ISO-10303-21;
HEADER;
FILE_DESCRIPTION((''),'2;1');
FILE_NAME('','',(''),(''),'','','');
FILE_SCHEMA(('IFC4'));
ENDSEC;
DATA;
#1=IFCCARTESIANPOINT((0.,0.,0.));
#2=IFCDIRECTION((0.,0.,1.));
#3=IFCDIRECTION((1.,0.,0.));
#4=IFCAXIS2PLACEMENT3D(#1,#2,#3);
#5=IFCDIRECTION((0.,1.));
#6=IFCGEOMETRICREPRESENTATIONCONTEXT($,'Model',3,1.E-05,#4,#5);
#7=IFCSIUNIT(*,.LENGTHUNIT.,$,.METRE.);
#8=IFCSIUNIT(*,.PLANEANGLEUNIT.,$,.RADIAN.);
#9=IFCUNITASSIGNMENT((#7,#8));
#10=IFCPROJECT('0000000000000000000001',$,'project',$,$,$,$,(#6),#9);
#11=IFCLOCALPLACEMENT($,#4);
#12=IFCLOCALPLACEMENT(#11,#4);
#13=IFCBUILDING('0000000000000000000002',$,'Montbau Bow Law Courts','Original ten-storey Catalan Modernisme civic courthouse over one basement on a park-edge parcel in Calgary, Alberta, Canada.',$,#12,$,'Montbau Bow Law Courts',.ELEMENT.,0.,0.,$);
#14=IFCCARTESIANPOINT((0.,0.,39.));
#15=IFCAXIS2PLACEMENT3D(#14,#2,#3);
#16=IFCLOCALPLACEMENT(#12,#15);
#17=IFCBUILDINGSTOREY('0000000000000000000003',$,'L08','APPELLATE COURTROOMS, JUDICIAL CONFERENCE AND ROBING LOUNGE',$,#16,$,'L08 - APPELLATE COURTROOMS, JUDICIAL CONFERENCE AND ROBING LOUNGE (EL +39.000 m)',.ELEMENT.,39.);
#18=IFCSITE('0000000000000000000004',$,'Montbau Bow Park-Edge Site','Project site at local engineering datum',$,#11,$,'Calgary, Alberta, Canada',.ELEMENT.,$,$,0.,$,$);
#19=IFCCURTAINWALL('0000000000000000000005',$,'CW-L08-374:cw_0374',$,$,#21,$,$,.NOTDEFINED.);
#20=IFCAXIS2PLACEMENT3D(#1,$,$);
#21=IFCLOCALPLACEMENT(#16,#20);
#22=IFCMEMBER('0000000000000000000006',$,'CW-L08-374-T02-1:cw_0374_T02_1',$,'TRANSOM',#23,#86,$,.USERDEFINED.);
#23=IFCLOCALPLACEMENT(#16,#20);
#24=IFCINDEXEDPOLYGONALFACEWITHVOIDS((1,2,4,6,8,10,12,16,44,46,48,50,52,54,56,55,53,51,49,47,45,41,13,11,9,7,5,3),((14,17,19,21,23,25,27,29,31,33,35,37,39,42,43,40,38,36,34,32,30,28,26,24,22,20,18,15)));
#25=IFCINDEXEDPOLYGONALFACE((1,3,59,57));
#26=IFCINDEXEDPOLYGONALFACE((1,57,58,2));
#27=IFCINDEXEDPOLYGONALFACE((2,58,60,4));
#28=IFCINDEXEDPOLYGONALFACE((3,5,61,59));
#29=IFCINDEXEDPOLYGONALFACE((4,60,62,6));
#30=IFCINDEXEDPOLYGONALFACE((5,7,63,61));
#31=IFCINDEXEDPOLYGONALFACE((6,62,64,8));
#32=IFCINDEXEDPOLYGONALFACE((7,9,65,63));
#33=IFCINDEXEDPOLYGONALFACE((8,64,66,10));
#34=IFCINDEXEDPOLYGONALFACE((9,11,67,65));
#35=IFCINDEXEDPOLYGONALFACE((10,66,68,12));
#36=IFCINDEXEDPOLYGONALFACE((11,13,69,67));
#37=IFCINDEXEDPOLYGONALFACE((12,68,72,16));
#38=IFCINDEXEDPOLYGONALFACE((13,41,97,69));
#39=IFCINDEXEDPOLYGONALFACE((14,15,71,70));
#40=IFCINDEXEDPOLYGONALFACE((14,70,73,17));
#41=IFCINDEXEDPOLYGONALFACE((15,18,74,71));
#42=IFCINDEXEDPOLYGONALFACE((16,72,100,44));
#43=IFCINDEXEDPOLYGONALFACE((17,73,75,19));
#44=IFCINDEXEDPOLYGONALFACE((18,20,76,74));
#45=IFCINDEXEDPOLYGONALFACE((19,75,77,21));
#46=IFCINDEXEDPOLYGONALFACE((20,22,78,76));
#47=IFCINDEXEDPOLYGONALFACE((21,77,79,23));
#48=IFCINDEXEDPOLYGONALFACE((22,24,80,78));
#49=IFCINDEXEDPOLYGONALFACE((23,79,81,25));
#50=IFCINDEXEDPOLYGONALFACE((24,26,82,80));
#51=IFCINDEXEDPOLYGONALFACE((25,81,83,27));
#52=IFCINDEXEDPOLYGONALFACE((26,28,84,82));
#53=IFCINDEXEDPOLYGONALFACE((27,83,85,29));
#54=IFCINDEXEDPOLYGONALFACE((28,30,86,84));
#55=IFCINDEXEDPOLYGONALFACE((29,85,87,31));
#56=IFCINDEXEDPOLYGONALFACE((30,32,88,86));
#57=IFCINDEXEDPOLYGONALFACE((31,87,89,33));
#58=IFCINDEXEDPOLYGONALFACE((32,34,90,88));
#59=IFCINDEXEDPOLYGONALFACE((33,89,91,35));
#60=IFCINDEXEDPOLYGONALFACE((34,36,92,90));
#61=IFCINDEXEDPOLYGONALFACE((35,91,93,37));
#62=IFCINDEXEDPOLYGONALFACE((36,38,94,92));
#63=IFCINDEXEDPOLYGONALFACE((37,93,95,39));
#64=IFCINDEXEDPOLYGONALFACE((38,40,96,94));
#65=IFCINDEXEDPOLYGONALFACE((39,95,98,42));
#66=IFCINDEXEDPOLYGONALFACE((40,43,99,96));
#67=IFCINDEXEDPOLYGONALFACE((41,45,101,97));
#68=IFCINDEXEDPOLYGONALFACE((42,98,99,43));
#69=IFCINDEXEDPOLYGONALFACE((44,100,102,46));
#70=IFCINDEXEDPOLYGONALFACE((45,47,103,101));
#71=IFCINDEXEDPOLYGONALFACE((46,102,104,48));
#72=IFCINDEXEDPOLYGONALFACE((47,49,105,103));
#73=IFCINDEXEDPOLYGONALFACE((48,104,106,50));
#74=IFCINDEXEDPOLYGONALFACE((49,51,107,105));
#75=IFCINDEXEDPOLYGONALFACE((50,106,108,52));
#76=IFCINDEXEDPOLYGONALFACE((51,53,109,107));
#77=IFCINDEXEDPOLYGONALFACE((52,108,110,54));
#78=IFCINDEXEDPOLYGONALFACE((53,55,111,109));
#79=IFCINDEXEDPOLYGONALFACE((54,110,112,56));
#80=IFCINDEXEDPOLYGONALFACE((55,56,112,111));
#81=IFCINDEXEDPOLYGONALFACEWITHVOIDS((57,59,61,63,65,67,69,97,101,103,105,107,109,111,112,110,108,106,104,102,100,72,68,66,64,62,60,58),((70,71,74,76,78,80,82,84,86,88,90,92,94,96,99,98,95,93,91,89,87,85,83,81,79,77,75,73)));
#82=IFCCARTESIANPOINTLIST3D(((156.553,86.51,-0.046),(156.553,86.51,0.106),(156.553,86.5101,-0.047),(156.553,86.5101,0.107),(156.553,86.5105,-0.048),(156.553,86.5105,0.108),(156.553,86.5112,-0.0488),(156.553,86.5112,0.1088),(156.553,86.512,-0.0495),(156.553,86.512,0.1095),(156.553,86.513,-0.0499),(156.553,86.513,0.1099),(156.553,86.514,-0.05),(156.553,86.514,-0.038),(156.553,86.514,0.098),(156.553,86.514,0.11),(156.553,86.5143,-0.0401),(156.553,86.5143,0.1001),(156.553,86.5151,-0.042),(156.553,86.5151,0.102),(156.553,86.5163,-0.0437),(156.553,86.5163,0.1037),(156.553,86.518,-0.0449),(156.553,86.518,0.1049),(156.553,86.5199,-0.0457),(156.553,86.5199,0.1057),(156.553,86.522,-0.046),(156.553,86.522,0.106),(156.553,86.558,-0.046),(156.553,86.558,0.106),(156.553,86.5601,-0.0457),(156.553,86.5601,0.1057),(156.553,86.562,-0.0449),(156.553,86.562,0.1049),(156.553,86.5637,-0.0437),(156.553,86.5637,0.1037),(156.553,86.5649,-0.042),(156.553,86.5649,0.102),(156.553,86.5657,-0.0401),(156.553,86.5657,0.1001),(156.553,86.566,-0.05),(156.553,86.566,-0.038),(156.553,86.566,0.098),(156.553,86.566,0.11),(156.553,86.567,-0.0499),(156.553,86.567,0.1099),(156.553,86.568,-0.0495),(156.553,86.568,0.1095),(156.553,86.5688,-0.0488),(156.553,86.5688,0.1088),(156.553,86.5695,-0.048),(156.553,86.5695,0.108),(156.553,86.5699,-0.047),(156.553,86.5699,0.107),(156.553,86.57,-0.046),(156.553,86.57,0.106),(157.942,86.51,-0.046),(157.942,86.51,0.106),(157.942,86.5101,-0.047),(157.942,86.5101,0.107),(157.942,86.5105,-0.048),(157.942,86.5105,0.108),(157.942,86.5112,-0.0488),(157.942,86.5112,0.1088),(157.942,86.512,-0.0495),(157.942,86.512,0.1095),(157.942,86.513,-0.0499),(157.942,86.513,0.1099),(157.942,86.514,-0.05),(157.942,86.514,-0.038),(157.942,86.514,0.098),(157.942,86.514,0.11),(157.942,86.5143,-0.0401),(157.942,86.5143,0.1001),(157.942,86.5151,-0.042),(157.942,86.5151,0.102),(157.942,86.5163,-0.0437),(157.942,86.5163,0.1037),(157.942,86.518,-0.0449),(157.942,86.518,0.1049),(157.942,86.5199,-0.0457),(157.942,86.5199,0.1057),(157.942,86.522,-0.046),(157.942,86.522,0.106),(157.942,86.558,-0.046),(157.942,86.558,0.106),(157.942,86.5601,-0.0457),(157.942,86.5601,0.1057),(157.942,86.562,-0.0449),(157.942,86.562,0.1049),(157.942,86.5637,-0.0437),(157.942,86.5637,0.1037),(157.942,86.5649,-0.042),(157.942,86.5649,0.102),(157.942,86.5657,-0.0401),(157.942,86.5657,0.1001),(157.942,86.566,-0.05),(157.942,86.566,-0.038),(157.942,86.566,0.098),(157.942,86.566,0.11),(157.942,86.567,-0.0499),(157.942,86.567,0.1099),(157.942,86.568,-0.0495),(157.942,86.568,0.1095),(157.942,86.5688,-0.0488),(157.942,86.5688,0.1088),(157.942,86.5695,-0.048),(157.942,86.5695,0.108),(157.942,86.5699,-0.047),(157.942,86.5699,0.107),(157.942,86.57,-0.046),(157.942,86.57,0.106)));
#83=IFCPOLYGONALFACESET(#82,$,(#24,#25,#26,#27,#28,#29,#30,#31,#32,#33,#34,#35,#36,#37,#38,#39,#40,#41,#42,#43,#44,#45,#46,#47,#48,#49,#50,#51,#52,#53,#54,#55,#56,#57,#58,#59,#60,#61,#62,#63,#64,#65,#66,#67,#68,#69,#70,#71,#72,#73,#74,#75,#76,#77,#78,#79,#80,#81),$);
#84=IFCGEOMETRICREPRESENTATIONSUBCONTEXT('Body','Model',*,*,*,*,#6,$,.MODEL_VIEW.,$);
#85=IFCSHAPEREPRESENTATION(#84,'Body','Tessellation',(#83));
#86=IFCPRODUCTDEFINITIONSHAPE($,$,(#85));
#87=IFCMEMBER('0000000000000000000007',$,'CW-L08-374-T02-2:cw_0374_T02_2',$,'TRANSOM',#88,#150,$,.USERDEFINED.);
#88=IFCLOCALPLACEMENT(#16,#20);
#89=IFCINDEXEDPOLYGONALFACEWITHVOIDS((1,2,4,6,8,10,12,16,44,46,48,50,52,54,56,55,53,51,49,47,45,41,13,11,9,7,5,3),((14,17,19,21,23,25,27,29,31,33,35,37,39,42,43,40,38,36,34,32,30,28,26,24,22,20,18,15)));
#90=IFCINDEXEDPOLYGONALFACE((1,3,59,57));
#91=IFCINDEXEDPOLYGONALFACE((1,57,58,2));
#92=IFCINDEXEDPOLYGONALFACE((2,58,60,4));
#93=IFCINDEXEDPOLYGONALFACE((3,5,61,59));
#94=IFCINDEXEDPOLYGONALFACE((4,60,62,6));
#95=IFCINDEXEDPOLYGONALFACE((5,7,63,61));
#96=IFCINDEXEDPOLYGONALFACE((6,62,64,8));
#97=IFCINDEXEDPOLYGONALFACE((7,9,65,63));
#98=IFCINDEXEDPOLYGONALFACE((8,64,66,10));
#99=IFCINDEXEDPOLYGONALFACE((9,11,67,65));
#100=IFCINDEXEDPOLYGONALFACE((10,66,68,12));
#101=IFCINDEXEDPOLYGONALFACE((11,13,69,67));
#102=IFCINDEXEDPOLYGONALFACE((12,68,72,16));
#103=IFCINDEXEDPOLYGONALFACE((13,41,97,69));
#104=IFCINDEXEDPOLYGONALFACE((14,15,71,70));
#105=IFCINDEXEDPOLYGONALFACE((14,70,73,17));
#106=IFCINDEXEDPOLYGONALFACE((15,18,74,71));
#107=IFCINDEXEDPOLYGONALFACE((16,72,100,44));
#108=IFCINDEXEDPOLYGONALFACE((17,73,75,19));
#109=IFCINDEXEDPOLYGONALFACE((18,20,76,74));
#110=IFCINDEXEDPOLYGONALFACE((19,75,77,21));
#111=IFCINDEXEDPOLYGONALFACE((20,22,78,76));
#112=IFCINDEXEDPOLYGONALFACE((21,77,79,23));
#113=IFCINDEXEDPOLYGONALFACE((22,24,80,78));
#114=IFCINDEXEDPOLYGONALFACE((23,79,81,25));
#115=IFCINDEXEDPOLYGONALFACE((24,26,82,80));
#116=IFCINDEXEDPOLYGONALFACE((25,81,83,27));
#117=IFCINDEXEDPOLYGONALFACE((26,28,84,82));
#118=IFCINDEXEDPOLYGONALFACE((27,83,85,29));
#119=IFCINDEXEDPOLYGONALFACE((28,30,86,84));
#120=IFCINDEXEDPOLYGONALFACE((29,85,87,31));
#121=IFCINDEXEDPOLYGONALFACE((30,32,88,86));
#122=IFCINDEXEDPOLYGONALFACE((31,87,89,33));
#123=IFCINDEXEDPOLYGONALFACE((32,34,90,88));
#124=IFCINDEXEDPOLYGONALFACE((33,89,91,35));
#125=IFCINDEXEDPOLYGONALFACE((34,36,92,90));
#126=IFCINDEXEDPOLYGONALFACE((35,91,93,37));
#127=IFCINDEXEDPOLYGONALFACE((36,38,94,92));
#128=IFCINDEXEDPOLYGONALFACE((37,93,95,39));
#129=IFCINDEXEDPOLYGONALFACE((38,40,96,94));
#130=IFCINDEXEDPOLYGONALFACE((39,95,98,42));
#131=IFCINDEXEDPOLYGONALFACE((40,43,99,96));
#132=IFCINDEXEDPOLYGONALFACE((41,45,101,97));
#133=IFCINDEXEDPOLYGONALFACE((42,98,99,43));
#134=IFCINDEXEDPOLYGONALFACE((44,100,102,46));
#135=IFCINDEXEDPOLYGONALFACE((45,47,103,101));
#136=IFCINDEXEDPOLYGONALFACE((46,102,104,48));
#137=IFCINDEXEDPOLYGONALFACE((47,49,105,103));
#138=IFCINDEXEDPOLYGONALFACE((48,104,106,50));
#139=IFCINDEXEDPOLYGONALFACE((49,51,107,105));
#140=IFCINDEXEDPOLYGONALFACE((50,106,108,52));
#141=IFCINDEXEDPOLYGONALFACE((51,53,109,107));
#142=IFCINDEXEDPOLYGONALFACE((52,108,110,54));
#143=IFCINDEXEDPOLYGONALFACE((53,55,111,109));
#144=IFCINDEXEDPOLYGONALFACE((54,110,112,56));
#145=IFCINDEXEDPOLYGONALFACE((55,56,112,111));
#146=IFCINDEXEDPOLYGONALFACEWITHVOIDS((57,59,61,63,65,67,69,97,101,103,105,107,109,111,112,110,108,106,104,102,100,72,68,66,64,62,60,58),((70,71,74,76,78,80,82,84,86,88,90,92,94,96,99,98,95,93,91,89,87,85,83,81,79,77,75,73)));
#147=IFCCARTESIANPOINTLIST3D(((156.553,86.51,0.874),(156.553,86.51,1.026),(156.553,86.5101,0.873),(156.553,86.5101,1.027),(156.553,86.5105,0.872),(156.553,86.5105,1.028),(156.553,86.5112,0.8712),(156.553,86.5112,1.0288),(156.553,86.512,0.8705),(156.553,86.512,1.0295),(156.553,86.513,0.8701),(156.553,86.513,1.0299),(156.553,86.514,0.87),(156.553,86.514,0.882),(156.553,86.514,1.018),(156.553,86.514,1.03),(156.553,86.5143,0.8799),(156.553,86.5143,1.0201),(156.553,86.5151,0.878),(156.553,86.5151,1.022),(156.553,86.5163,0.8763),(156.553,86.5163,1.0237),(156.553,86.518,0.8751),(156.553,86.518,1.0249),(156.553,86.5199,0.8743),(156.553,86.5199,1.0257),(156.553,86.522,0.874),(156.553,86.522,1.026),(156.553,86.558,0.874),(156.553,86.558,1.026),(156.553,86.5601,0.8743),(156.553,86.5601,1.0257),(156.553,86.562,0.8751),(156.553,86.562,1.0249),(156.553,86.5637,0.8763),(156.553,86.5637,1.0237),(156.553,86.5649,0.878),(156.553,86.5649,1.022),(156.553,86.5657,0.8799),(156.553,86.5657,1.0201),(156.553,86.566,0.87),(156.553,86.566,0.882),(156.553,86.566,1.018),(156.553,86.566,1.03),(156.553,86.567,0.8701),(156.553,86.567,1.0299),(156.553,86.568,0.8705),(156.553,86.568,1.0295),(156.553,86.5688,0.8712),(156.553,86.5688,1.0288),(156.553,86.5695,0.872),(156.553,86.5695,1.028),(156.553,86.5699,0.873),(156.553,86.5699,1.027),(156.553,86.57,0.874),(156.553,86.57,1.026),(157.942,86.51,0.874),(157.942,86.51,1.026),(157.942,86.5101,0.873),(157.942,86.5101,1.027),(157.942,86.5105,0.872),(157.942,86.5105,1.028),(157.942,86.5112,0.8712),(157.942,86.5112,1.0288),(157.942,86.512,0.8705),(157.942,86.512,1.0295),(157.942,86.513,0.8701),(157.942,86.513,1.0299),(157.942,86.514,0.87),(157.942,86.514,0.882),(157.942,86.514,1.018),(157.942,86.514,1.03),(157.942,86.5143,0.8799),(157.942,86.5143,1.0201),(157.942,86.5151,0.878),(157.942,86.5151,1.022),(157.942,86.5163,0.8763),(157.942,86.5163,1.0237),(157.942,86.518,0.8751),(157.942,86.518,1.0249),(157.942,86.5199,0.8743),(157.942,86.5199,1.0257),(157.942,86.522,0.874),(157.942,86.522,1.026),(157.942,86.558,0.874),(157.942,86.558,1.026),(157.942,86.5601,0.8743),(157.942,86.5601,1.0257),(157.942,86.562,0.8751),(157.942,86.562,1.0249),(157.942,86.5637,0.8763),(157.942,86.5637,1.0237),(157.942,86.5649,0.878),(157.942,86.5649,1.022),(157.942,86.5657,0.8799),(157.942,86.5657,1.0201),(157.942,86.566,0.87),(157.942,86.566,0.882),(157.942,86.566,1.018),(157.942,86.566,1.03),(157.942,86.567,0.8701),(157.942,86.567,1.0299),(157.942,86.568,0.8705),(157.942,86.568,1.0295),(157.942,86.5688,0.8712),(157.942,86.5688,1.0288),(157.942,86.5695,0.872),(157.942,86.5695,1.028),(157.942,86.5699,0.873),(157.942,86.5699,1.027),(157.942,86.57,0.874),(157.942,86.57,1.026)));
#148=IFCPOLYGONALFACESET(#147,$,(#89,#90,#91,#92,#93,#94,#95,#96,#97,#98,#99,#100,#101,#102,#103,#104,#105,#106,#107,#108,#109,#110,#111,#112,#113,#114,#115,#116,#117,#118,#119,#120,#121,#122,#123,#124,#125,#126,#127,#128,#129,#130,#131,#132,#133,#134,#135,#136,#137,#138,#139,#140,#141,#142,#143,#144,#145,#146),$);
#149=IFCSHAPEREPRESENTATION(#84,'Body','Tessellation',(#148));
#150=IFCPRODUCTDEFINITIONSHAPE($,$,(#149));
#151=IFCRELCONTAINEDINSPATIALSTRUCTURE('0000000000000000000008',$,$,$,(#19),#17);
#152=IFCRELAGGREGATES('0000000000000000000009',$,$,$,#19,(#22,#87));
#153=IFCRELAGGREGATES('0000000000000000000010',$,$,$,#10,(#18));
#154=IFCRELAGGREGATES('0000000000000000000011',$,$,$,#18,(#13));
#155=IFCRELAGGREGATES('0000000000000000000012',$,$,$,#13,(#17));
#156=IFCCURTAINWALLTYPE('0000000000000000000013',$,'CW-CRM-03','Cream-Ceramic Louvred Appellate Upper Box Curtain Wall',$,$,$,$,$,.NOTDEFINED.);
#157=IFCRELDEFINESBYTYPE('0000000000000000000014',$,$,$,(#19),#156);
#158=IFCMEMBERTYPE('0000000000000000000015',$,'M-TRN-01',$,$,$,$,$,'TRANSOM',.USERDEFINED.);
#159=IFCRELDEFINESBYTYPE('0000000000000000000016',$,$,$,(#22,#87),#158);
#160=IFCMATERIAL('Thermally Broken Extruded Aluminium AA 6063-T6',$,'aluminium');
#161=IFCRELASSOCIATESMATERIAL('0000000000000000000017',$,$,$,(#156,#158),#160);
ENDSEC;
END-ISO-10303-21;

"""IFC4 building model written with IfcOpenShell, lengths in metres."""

from ifc_helpers import new_model, si_unit, direction, frame, origin_with_axes, origin_2d_with_axis, place, context, subcontext, project, spatial, hollow_rectangle, extrude, material, material_profile, profile_set, type_object, element, aggregate, save


model = new_model("IFC4")

# Units and contexts
model_context = context("Model", 3, precision=1e-05, world=origin_with_axes(), true_north=direction((0.0, 1.0)))
body_context = subcontext(model_context, "Body", "Model", "MODEL_VIEW")
ifc_project = project(units=[si_unit("LENGTHUNIT", "METRE"), si_unit("PLANEANGLEUNIT", "RADIAN")], contexts=[model_context])

# Site, building, storey
site_placement = place(None, origin_with_axes())
site = spatial("IfcSite", under=ifc_project, at=site_placement, Name="Montbau Bow Park-Edge Site", Description="Project site at local engineering datum", LongName="Calgary, Alberta, Canada", CompositionType="ELEMENT", RefElevation=0.0)
building_placement = place(site_placement, origin_with_axes())
building = spatial("IfcBuilding", under=site, at=building_placement, Name="Montbau Bow Law Courts", Description="Original ten-storey Catalan Modernisme civic courthouse over one basement on a park-edge parcel in Calgary, Alberta, Canada.", LongName="Montbau Bow Law Courts", CompositionType="ELEMENT", ElevationOfRefHeight=0.0, ElevationOfTerrain=0.0)
storey_placement = place(building_placement, frame((0.0, 0.0, 39.0), z_axis=(0.0, 0.0, 1.0), x_axis=(1.0, 0.0, 0.0)))
storey = spatial("IfcBuildingStorey", under=building, at=storey_placement, Name="L08", Description="APPELLATE COURTROOMS, JUDICIAL CONFERENCE AND ROBING LOUNGE", LongName="L08 - APPELLATE COURTROOMS, JUDICIAL CONFERENCE AND ROBING LOUNGE (EL +39.000 m)", CompositionType="ELEMENT", Elevation=39.0)

# Curtain wall, members
ifc_material_1 = material(Name="Thermally Broken Extruded Aluminium AA 6063-T6", Category="aluminium")
curtain_wall_type = type_object("IfcCurtainWallType", Name="CW-CRM-03", Description="Cream-Ceramic Louvred Appellate Upper Box Curtain Wall", PredefinedType="NOTDEFINED", material=ifc_material_1)
curtain_wall_placement = place(None, frame((155.068, 86.54, 39.0), z_axis=(0.0, 0.0, 1.0), x_axis=(1.0, 0.0, 0.0)))
curtain_wall = element("IfcCurtainWall", 1, at=curtain_wall_placement, inside=storey, type_object=curtain_wall_type, Name="CW-L08-374:cw_0374", PredefinedType="NOTDEFINED")
ifc_material_profile_1 = material_profile(ifc_material_1, hollow_rectangle(XDim=0.06, YDim=0.16, WallThickness=0.004, InnerFilletRadius=0.008, OuterFilletRadius=0.004, at=origin_2d_with_axis()), Name="CWT-160X60", Category="Main", Priority=0)
ifc_profile_set_1 = profile_set([ifc_material_profile_1], Name="Thermally Broken Extruded Aluminium AA 6063-T6")
member_type_1 = type_object("IfcMemberType", Name="M-TRN-01", ElementType="TRANSOM", PredefinedType="USERDEFINED", material=ifc_profile_set_1)
member_1_placement = place(None, frame((156.553, 86.54, 39.03), z_axis=(1.0, 0.0, 0.0), x_axis=(0.0, 1.0, 0.0)))
member_1 = element("IfcMember", 2, at=member_1_placement, type_object=member_type_1, Name="CW-L08-374-T02-1:cw_0374_T02_1", ObjectType="TRANSOM", PredefinedType="USERDEFINED", context=body_context, shape_type="SweptSolid", body=[
    extrude(hollow_rectangle(XDim=0.06, YDim=0.16, WallThickness=0.004, InnerFilletRadius=0.008, OuterFilletRadius=0.004, at=origin_2d_with_axis()), origin_with_axes(), (0.0, 0.0, 1.0), 1.389),
])
member_2_placement = place(None, frame((156.553, 86.54, 39.95), z_axis=(1.0, 0.0, 0.0), x_axis=(0.0, 1.0, 0.0)))
member_2 = element("IfcMember", 3, at=member_2_placement, type_object=member_type_1, Name="CW-L08-374-T02-2:cw_0374_T02_2", ObjectType="TRANSOM", PredefinedType="USERDEFINED", context=body_context, shape_type="SweptSolid", body=[
    extrude(hollow_rectangle(XDim=0.06, YDim=0.16, WallThickness=0.004, InnerFilletRadius=0.008, OuterFilletRadius=0.004, at=origin_2d_with_axis()), origin_with_axes(), (0.0, 0.0, 1.0), 1.389),
])
aggregate(curtain_wall, [member_1, member_2])

save(model, "model.ifc")
